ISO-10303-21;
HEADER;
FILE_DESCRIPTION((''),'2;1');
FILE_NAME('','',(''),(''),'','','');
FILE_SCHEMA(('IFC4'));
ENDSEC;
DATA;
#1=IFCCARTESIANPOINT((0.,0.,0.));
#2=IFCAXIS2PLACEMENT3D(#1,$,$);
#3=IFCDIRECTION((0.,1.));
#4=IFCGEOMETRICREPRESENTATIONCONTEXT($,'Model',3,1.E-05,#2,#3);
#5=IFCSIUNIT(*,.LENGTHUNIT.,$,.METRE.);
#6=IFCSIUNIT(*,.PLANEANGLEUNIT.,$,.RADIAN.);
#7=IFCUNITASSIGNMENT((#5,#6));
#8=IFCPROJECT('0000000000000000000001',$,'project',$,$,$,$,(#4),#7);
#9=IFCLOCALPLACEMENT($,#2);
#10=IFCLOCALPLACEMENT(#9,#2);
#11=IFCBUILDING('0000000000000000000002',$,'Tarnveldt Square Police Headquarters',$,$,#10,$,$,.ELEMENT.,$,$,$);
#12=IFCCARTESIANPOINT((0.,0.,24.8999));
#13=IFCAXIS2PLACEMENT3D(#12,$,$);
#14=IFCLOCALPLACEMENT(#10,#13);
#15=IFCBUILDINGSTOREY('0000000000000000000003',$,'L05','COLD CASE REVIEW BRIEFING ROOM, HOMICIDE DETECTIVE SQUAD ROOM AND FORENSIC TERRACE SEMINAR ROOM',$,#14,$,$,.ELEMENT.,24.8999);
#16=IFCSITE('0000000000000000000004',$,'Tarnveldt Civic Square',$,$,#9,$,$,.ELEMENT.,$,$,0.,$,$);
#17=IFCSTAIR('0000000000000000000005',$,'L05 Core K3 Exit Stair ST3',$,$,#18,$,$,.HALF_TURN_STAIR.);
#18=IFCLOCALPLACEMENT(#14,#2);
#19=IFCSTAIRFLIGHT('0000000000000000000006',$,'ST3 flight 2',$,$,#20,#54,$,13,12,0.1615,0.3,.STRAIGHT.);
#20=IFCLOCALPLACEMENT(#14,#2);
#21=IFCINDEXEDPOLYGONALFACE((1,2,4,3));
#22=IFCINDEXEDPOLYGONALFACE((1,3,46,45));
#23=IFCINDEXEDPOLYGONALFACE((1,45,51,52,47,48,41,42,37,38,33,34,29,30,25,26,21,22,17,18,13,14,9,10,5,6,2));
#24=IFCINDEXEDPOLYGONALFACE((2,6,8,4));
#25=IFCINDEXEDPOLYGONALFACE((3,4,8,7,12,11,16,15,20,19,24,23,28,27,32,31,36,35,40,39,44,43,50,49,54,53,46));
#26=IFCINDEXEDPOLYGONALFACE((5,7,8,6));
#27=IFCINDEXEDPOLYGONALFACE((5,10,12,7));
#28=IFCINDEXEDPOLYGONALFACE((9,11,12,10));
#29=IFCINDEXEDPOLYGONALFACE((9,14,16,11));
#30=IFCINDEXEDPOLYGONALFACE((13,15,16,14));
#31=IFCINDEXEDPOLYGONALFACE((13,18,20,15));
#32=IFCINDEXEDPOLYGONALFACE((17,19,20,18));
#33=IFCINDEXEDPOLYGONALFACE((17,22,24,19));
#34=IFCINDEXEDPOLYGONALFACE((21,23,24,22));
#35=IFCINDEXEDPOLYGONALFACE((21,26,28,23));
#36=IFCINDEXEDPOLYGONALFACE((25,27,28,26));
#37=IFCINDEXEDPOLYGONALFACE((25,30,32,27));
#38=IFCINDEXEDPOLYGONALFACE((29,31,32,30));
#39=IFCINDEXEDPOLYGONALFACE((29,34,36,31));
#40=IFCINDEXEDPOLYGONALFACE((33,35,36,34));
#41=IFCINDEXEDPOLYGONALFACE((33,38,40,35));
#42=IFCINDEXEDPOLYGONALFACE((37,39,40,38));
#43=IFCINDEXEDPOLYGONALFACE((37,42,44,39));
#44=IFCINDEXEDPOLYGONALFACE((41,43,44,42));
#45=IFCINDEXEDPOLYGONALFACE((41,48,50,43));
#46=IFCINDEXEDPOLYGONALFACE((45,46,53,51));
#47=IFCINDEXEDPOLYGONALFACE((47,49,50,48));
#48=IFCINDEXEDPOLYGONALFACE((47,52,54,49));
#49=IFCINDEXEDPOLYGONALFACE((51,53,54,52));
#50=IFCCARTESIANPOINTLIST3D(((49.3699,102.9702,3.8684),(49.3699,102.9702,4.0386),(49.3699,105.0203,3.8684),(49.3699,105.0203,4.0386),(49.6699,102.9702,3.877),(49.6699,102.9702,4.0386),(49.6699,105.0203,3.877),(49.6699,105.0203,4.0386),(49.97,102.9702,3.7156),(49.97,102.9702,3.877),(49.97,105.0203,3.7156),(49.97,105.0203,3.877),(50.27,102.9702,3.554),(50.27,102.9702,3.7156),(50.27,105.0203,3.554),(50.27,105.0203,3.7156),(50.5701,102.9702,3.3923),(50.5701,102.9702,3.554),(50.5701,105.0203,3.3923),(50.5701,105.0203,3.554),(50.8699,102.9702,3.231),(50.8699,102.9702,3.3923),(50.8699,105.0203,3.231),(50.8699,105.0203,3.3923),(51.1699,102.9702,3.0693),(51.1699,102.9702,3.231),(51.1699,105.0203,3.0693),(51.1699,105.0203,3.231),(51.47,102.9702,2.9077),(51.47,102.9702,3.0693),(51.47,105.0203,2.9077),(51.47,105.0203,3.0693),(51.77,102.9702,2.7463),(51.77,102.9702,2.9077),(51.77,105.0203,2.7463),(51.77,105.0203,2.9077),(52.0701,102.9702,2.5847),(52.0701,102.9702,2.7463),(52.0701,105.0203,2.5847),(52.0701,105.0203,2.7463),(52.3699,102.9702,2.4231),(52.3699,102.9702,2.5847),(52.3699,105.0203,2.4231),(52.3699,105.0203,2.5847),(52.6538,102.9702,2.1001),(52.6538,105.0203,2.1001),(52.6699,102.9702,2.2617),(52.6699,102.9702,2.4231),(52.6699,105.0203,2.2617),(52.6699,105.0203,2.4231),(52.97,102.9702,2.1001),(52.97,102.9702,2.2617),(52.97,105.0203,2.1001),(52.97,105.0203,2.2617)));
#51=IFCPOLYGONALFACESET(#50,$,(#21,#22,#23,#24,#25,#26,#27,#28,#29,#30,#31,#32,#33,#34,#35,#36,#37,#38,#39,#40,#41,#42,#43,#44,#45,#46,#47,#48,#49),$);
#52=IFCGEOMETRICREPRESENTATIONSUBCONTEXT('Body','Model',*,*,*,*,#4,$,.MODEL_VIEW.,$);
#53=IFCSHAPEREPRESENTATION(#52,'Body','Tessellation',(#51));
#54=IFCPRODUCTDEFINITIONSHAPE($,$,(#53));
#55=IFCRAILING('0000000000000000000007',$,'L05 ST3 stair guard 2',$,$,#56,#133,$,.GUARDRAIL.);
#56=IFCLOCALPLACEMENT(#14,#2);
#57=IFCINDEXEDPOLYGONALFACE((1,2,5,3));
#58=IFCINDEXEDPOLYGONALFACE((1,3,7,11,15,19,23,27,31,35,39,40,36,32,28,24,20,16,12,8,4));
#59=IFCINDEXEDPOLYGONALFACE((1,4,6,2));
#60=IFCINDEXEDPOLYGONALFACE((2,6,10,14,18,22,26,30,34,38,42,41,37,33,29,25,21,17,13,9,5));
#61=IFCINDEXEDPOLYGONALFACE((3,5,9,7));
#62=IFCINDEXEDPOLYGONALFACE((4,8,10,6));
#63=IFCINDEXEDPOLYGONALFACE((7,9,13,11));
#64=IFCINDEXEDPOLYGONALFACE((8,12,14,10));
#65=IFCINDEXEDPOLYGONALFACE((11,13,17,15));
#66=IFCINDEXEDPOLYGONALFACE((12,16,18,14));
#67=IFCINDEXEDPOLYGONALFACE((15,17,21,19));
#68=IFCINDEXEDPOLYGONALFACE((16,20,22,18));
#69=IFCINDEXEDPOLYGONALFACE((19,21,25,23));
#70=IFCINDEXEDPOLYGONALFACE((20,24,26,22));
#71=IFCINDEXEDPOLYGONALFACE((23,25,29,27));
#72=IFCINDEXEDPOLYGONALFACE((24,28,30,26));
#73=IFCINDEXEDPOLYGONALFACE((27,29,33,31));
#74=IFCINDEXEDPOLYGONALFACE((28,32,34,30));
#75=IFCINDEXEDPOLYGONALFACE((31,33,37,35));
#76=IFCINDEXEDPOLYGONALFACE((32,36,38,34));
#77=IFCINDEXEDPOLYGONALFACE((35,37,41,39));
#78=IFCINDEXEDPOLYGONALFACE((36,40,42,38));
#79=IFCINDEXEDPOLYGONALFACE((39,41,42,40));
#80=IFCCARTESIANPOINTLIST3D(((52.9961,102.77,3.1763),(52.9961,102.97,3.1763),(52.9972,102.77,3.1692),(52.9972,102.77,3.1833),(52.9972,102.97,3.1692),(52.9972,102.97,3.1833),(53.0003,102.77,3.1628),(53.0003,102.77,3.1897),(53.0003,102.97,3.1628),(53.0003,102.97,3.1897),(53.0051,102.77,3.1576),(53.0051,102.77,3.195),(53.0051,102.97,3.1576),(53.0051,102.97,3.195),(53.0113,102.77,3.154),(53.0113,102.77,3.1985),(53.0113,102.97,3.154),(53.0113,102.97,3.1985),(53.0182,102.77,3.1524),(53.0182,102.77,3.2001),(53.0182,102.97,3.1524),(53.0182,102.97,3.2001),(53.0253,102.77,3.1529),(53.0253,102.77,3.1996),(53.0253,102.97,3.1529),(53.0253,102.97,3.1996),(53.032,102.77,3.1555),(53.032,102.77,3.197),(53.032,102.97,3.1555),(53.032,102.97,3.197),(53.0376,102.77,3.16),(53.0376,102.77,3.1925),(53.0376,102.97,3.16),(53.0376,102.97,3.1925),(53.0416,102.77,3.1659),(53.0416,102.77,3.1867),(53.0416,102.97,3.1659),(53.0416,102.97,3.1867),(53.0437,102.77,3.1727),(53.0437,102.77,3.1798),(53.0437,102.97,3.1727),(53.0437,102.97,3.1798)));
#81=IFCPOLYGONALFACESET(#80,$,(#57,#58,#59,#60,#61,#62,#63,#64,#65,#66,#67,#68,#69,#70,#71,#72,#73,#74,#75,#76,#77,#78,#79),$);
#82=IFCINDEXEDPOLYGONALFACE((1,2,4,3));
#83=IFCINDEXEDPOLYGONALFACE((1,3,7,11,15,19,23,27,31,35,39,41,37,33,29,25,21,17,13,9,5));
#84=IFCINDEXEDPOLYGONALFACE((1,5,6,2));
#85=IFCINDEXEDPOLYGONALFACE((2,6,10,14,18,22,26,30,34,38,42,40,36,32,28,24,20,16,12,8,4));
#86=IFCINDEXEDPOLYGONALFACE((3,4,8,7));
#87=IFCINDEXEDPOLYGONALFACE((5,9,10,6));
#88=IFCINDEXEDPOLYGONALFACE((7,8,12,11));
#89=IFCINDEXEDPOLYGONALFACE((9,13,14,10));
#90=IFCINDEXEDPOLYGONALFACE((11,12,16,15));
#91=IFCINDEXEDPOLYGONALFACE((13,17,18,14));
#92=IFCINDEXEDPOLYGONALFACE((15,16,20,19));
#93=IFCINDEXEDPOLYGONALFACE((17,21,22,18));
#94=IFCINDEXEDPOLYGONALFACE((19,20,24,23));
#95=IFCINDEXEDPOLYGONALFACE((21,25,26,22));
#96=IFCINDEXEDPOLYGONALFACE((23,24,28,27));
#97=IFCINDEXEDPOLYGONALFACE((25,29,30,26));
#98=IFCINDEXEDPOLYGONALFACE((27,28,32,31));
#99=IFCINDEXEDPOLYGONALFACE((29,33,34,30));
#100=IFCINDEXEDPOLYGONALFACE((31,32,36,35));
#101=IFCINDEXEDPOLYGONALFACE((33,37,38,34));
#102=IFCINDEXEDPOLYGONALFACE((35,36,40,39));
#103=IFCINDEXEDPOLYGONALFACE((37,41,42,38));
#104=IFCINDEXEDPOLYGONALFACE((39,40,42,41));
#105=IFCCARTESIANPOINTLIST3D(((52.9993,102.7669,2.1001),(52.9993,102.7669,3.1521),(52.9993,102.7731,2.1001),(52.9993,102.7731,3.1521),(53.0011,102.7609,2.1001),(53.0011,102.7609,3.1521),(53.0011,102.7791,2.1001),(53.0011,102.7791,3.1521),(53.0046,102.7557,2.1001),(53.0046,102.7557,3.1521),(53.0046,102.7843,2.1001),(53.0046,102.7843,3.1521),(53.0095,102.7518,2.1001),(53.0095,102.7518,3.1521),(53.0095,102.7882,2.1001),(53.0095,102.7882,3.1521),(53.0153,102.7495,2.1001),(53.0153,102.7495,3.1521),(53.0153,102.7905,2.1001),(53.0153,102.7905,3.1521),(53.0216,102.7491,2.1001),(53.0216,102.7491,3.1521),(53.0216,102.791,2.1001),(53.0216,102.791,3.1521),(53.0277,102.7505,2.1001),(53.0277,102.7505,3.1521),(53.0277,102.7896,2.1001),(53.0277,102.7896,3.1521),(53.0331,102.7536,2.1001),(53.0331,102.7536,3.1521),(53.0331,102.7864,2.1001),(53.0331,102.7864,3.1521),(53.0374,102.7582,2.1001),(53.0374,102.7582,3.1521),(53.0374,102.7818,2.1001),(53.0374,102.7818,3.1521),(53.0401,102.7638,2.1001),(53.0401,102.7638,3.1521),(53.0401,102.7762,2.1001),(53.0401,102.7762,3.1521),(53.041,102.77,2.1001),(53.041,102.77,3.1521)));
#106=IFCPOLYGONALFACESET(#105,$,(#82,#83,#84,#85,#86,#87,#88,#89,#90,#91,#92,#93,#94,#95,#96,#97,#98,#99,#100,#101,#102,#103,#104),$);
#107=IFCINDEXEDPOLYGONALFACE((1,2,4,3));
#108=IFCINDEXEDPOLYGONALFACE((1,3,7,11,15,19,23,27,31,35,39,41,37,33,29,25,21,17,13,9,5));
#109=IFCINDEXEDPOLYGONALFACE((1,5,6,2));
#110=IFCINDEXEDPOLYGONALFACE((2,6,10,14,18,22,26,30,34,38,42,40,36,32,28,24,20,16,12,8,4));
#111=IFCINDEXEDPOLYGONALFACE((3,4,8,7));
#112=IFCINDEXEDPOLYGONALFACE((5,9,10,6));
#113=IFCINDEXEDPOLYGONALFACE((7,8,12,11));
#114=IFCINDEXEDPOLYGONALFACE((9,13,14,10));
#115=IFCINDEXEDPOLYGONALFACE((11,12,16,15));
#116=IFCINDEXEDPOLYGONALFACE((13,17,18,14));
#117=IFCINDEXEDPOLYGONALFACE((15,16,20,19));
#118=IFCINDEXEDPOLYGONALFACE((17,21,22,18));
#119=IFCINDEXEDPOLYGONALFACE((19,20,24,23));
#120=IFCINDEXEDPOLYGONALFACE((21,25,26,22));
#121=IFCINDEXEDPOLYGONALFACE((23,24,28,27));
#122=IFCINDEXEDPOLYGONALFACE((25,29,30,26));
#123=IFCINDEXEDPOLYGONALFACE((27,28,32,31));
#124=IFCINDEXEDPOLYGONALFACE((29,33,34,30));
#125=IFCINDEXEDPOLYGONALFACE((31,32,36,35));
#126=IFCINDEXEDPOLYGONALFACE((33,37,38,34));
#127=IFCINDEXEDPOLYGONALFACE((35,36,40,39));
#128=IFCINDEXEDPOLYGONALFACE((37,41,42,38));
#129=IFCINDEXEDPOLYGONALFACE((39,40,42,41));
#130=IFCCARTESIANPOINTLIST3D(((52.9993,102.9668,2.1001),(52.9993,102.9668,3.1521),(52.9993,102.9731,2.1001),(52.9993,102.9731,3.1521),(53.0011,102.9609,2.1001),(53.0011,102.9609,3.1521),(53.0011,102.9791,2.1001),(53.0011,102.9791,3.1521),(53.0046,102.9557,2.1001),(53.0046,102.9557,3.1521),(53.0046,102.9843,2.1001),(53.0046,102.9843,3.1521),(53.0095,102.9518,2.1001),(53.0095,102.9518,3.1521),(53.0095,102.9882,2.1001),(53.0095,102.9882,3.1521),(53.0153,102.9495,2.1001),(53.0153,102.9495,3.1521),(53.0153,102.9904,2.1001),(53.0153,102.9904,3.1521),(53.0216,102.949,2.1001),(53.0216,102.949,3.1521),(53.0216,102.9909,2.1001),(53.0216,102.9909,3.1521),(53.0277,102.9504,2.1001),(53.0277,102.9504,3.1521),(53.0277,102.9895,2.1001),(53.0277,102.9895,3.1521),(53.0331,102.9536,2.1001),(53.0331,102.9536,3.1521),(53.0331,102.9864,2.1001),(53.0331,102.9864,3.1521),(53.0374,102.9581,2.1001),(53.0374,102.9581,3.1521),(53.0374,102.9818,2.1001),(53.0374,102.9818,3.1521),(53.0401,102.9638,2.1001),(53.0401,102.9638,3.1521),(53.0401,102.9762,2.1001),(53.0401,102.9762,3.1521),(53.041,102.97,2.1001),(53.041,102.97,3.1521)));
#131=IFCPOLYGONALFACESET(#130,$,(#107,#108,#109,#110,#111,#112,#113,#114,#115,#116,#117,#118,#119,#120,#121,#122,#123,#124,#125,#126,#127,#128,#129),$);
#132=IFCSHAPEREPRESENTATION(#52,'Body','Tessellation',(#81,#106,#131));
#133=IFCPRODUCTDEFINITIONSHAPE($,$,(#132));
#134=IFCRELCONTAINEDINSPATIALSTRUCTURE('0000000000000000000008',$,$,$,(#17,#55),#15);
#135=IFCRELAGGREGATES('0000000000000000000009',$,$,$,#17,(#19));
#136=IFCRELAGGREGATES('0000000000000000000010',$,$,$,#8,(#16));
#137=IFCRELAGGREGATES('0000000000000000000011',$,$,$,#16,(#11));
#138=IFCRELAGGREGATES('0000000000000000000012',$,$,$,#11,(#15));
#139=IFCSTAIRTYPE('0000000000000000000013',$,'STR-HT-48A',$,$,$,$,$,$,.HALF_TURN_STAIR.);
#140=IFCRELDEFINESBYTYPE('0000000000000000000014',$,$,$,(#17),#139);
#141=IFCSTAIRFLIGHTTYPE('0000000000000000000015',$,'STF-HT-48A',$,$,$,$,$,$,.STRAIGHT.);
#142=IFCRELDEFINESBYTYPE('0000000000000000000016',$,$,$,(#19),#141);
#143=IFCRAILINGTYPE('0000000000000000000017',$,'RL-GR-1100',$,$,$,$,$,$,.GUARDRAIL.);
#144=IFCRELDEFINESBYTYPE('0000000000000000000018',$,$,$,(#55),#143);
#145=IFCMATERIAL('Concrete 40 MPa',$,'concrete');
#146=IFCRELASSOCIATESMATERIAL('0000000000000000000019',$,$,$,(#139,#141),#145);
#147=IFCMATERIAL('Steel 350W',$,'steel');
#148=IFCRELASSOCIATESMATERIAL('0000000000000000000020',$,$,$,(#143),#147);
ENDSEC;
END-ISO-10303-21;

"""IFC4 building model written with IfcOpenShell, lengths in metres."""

from ifc_helpers import new_model, si_unit, direction, frame, origin, origin_2d, place, context, subcontext, project, spatial, polyline, circle, outline, extrude, material, type_object, element, aggregate, save


model = new_model("IFC4")

# Units and contexts
model_context = context("Model", 3, precision=1e-05, world=origin(), true_north=direction((0.0, 1.0)))
body_context = subcontext(model_context, "Body", "Model", "MODEL_VIEW")
ifc_project = project(units=[si_unit("LENGTHUNIT", "METRE"), si_unit("PLANEANGLEUNIT", "RADIAN")], contexts=[model_context])

# Site, building, storey
site_placement = place(None, origin())
site = spatial("IfcSite", under=ifc_project, at=site_placement, Name="Tarnveldt Civic Square", CompositionType="ELEMENT", RefElevation=0.0)
building_placement = place(site_placement, origin())
building = spatial("IfcBuilding", under=site, at=building_placement, Name="Tarnveldt Square Police Headquarters", CompositionType="ELEMENT")
storey_placement = place(building_placement, frame((0.0, 0.0, 24.8999)))
storey = spatial("IfcBuildingStorey", under=building, at=storey_placement, Name="L05", Description="COLD CASE REVIEW BRIEFING ROOM, HOMICIDE DETECTIVE SQUAD ROOM AND FORENSIC TERRACE SEMINAR ROOM", CompositionType="ELEMENT", Elevation=24.8999)

# Shared definitions
ifc_material_1 = material(Name="Steel 350W", Category="steel")

# Shared definitions
ifc_material_2 = material(Name="Concrete 40 MPa", Category="concrete")

# Stair, stair flight
stair_type = type_object("IfcStairType", Name="STR-HT-48A", PredefinedType="HALF_TURN_STAIR", material=ifc_material_2)
stair_placement = place(storey_placement, origin())
stair = element("IfcStair", 1, at=stair_placement, inside=storey, type_object=stair_type, Name="L05 Core K3 Exit Stair ST3", PredefinedType="HALF_TURN_STAIR")
stair_flight_type = type_object("IfcStairFlightType", Name="STF-HT-48A", PredefinedType="STRAIGHT", material=ifc_material_2)
stair_flight_placement = place(storey_placement, frame((52.97, 103.9951, 2.1001), z_axis=(0.0, 0.0, 1.0), x_axis=(-1.0, 0.0, 0.0)))
stair_flight = element("IfcStairFlight", 2, at=stair_flight_placement, type_object=stair_flight_type, Name="ST3 flight 2", NumberOfRisers=13, NumberOfTreads=12, PredefinedType="STRAIGHT", RiserHeight=0.1615, TreadLength=0.3, context=body_context, shape_type="SweptSolid", body=[
    extrude(outline(polyline([(0.0, 0.0), (0.0, 0.1616), (0.3, 0.1616), (0.3, 0.323), (0.6001, 0.323), (0.6001, 0.4846), (0.8999, 0.4846), (0.8999, 0.6462), (1.2, 0.6462), (1.2, 0.8076), (1.5, 0.8076), (1.5, 0.9692), (1.8, 0.9692), (1.8, 1.1309), (2.1001, 1.1309), (2.1001, 1.2922), (2.3999, 1.2922), (2.3999, 1.4539), (2.7, 1.4539), (2.7, 1.6155), (3.0, 1.6155), (3.0, 1.7769), (3.3, 1.7769), (3.3, 1.9385), (3.6001, 1.9385), (3.6001, 2.1001), (3.6001, 1.7683), (0.3162, 0.0), (0.0, 0.0)])), frame((0.0, 1.0249, 0.0), z_axis=(0.0, -1.0, 0.0), x_axis=(1.0, 0.0, 0.0)), (0.0, 0.0, 1.0), 2.05),
])
aggregate(stair, [stair_flight])

# Railing
railing_type_1 = type_object("IfcRailingType", Name="RL-GR-1100", PredefinedType="GUARDRAIL", material=ifc_material_1)
railing_1_placement = place(storey_placement, frame((53.02, 102.77, 2.1001)))
element("IfcRailing", 3, at=railing_1_placement, inside=storey, type_object=railing_type_1, Name="L05 ST3 stair guard 2", PredefinedType="GUARDRAIL", context=body_context, shape_type="SweptSolid", body=[
    extrude(circle(Radius=0.0239, at=origin_2d()), frame((0.0, 0.0, 1.0762), z_axis=(0.0, 1.0, 0.0), x_axis=(-1.0, 0.0, 0.0)), (0.0, 0.0, 1.0), 0.2),
    extrude(circle(Radius=0.021, at=origin_2d()), origin(), (0.0, 0.0, 1.0), 1.052),
    extrude(circle(Radius=0.021, at=origin_2d()), frame((0.0, 0.2, 0.0)), (0.0, 0.0, 1.0), 1.052),
])

save(model, "model.ifc")
